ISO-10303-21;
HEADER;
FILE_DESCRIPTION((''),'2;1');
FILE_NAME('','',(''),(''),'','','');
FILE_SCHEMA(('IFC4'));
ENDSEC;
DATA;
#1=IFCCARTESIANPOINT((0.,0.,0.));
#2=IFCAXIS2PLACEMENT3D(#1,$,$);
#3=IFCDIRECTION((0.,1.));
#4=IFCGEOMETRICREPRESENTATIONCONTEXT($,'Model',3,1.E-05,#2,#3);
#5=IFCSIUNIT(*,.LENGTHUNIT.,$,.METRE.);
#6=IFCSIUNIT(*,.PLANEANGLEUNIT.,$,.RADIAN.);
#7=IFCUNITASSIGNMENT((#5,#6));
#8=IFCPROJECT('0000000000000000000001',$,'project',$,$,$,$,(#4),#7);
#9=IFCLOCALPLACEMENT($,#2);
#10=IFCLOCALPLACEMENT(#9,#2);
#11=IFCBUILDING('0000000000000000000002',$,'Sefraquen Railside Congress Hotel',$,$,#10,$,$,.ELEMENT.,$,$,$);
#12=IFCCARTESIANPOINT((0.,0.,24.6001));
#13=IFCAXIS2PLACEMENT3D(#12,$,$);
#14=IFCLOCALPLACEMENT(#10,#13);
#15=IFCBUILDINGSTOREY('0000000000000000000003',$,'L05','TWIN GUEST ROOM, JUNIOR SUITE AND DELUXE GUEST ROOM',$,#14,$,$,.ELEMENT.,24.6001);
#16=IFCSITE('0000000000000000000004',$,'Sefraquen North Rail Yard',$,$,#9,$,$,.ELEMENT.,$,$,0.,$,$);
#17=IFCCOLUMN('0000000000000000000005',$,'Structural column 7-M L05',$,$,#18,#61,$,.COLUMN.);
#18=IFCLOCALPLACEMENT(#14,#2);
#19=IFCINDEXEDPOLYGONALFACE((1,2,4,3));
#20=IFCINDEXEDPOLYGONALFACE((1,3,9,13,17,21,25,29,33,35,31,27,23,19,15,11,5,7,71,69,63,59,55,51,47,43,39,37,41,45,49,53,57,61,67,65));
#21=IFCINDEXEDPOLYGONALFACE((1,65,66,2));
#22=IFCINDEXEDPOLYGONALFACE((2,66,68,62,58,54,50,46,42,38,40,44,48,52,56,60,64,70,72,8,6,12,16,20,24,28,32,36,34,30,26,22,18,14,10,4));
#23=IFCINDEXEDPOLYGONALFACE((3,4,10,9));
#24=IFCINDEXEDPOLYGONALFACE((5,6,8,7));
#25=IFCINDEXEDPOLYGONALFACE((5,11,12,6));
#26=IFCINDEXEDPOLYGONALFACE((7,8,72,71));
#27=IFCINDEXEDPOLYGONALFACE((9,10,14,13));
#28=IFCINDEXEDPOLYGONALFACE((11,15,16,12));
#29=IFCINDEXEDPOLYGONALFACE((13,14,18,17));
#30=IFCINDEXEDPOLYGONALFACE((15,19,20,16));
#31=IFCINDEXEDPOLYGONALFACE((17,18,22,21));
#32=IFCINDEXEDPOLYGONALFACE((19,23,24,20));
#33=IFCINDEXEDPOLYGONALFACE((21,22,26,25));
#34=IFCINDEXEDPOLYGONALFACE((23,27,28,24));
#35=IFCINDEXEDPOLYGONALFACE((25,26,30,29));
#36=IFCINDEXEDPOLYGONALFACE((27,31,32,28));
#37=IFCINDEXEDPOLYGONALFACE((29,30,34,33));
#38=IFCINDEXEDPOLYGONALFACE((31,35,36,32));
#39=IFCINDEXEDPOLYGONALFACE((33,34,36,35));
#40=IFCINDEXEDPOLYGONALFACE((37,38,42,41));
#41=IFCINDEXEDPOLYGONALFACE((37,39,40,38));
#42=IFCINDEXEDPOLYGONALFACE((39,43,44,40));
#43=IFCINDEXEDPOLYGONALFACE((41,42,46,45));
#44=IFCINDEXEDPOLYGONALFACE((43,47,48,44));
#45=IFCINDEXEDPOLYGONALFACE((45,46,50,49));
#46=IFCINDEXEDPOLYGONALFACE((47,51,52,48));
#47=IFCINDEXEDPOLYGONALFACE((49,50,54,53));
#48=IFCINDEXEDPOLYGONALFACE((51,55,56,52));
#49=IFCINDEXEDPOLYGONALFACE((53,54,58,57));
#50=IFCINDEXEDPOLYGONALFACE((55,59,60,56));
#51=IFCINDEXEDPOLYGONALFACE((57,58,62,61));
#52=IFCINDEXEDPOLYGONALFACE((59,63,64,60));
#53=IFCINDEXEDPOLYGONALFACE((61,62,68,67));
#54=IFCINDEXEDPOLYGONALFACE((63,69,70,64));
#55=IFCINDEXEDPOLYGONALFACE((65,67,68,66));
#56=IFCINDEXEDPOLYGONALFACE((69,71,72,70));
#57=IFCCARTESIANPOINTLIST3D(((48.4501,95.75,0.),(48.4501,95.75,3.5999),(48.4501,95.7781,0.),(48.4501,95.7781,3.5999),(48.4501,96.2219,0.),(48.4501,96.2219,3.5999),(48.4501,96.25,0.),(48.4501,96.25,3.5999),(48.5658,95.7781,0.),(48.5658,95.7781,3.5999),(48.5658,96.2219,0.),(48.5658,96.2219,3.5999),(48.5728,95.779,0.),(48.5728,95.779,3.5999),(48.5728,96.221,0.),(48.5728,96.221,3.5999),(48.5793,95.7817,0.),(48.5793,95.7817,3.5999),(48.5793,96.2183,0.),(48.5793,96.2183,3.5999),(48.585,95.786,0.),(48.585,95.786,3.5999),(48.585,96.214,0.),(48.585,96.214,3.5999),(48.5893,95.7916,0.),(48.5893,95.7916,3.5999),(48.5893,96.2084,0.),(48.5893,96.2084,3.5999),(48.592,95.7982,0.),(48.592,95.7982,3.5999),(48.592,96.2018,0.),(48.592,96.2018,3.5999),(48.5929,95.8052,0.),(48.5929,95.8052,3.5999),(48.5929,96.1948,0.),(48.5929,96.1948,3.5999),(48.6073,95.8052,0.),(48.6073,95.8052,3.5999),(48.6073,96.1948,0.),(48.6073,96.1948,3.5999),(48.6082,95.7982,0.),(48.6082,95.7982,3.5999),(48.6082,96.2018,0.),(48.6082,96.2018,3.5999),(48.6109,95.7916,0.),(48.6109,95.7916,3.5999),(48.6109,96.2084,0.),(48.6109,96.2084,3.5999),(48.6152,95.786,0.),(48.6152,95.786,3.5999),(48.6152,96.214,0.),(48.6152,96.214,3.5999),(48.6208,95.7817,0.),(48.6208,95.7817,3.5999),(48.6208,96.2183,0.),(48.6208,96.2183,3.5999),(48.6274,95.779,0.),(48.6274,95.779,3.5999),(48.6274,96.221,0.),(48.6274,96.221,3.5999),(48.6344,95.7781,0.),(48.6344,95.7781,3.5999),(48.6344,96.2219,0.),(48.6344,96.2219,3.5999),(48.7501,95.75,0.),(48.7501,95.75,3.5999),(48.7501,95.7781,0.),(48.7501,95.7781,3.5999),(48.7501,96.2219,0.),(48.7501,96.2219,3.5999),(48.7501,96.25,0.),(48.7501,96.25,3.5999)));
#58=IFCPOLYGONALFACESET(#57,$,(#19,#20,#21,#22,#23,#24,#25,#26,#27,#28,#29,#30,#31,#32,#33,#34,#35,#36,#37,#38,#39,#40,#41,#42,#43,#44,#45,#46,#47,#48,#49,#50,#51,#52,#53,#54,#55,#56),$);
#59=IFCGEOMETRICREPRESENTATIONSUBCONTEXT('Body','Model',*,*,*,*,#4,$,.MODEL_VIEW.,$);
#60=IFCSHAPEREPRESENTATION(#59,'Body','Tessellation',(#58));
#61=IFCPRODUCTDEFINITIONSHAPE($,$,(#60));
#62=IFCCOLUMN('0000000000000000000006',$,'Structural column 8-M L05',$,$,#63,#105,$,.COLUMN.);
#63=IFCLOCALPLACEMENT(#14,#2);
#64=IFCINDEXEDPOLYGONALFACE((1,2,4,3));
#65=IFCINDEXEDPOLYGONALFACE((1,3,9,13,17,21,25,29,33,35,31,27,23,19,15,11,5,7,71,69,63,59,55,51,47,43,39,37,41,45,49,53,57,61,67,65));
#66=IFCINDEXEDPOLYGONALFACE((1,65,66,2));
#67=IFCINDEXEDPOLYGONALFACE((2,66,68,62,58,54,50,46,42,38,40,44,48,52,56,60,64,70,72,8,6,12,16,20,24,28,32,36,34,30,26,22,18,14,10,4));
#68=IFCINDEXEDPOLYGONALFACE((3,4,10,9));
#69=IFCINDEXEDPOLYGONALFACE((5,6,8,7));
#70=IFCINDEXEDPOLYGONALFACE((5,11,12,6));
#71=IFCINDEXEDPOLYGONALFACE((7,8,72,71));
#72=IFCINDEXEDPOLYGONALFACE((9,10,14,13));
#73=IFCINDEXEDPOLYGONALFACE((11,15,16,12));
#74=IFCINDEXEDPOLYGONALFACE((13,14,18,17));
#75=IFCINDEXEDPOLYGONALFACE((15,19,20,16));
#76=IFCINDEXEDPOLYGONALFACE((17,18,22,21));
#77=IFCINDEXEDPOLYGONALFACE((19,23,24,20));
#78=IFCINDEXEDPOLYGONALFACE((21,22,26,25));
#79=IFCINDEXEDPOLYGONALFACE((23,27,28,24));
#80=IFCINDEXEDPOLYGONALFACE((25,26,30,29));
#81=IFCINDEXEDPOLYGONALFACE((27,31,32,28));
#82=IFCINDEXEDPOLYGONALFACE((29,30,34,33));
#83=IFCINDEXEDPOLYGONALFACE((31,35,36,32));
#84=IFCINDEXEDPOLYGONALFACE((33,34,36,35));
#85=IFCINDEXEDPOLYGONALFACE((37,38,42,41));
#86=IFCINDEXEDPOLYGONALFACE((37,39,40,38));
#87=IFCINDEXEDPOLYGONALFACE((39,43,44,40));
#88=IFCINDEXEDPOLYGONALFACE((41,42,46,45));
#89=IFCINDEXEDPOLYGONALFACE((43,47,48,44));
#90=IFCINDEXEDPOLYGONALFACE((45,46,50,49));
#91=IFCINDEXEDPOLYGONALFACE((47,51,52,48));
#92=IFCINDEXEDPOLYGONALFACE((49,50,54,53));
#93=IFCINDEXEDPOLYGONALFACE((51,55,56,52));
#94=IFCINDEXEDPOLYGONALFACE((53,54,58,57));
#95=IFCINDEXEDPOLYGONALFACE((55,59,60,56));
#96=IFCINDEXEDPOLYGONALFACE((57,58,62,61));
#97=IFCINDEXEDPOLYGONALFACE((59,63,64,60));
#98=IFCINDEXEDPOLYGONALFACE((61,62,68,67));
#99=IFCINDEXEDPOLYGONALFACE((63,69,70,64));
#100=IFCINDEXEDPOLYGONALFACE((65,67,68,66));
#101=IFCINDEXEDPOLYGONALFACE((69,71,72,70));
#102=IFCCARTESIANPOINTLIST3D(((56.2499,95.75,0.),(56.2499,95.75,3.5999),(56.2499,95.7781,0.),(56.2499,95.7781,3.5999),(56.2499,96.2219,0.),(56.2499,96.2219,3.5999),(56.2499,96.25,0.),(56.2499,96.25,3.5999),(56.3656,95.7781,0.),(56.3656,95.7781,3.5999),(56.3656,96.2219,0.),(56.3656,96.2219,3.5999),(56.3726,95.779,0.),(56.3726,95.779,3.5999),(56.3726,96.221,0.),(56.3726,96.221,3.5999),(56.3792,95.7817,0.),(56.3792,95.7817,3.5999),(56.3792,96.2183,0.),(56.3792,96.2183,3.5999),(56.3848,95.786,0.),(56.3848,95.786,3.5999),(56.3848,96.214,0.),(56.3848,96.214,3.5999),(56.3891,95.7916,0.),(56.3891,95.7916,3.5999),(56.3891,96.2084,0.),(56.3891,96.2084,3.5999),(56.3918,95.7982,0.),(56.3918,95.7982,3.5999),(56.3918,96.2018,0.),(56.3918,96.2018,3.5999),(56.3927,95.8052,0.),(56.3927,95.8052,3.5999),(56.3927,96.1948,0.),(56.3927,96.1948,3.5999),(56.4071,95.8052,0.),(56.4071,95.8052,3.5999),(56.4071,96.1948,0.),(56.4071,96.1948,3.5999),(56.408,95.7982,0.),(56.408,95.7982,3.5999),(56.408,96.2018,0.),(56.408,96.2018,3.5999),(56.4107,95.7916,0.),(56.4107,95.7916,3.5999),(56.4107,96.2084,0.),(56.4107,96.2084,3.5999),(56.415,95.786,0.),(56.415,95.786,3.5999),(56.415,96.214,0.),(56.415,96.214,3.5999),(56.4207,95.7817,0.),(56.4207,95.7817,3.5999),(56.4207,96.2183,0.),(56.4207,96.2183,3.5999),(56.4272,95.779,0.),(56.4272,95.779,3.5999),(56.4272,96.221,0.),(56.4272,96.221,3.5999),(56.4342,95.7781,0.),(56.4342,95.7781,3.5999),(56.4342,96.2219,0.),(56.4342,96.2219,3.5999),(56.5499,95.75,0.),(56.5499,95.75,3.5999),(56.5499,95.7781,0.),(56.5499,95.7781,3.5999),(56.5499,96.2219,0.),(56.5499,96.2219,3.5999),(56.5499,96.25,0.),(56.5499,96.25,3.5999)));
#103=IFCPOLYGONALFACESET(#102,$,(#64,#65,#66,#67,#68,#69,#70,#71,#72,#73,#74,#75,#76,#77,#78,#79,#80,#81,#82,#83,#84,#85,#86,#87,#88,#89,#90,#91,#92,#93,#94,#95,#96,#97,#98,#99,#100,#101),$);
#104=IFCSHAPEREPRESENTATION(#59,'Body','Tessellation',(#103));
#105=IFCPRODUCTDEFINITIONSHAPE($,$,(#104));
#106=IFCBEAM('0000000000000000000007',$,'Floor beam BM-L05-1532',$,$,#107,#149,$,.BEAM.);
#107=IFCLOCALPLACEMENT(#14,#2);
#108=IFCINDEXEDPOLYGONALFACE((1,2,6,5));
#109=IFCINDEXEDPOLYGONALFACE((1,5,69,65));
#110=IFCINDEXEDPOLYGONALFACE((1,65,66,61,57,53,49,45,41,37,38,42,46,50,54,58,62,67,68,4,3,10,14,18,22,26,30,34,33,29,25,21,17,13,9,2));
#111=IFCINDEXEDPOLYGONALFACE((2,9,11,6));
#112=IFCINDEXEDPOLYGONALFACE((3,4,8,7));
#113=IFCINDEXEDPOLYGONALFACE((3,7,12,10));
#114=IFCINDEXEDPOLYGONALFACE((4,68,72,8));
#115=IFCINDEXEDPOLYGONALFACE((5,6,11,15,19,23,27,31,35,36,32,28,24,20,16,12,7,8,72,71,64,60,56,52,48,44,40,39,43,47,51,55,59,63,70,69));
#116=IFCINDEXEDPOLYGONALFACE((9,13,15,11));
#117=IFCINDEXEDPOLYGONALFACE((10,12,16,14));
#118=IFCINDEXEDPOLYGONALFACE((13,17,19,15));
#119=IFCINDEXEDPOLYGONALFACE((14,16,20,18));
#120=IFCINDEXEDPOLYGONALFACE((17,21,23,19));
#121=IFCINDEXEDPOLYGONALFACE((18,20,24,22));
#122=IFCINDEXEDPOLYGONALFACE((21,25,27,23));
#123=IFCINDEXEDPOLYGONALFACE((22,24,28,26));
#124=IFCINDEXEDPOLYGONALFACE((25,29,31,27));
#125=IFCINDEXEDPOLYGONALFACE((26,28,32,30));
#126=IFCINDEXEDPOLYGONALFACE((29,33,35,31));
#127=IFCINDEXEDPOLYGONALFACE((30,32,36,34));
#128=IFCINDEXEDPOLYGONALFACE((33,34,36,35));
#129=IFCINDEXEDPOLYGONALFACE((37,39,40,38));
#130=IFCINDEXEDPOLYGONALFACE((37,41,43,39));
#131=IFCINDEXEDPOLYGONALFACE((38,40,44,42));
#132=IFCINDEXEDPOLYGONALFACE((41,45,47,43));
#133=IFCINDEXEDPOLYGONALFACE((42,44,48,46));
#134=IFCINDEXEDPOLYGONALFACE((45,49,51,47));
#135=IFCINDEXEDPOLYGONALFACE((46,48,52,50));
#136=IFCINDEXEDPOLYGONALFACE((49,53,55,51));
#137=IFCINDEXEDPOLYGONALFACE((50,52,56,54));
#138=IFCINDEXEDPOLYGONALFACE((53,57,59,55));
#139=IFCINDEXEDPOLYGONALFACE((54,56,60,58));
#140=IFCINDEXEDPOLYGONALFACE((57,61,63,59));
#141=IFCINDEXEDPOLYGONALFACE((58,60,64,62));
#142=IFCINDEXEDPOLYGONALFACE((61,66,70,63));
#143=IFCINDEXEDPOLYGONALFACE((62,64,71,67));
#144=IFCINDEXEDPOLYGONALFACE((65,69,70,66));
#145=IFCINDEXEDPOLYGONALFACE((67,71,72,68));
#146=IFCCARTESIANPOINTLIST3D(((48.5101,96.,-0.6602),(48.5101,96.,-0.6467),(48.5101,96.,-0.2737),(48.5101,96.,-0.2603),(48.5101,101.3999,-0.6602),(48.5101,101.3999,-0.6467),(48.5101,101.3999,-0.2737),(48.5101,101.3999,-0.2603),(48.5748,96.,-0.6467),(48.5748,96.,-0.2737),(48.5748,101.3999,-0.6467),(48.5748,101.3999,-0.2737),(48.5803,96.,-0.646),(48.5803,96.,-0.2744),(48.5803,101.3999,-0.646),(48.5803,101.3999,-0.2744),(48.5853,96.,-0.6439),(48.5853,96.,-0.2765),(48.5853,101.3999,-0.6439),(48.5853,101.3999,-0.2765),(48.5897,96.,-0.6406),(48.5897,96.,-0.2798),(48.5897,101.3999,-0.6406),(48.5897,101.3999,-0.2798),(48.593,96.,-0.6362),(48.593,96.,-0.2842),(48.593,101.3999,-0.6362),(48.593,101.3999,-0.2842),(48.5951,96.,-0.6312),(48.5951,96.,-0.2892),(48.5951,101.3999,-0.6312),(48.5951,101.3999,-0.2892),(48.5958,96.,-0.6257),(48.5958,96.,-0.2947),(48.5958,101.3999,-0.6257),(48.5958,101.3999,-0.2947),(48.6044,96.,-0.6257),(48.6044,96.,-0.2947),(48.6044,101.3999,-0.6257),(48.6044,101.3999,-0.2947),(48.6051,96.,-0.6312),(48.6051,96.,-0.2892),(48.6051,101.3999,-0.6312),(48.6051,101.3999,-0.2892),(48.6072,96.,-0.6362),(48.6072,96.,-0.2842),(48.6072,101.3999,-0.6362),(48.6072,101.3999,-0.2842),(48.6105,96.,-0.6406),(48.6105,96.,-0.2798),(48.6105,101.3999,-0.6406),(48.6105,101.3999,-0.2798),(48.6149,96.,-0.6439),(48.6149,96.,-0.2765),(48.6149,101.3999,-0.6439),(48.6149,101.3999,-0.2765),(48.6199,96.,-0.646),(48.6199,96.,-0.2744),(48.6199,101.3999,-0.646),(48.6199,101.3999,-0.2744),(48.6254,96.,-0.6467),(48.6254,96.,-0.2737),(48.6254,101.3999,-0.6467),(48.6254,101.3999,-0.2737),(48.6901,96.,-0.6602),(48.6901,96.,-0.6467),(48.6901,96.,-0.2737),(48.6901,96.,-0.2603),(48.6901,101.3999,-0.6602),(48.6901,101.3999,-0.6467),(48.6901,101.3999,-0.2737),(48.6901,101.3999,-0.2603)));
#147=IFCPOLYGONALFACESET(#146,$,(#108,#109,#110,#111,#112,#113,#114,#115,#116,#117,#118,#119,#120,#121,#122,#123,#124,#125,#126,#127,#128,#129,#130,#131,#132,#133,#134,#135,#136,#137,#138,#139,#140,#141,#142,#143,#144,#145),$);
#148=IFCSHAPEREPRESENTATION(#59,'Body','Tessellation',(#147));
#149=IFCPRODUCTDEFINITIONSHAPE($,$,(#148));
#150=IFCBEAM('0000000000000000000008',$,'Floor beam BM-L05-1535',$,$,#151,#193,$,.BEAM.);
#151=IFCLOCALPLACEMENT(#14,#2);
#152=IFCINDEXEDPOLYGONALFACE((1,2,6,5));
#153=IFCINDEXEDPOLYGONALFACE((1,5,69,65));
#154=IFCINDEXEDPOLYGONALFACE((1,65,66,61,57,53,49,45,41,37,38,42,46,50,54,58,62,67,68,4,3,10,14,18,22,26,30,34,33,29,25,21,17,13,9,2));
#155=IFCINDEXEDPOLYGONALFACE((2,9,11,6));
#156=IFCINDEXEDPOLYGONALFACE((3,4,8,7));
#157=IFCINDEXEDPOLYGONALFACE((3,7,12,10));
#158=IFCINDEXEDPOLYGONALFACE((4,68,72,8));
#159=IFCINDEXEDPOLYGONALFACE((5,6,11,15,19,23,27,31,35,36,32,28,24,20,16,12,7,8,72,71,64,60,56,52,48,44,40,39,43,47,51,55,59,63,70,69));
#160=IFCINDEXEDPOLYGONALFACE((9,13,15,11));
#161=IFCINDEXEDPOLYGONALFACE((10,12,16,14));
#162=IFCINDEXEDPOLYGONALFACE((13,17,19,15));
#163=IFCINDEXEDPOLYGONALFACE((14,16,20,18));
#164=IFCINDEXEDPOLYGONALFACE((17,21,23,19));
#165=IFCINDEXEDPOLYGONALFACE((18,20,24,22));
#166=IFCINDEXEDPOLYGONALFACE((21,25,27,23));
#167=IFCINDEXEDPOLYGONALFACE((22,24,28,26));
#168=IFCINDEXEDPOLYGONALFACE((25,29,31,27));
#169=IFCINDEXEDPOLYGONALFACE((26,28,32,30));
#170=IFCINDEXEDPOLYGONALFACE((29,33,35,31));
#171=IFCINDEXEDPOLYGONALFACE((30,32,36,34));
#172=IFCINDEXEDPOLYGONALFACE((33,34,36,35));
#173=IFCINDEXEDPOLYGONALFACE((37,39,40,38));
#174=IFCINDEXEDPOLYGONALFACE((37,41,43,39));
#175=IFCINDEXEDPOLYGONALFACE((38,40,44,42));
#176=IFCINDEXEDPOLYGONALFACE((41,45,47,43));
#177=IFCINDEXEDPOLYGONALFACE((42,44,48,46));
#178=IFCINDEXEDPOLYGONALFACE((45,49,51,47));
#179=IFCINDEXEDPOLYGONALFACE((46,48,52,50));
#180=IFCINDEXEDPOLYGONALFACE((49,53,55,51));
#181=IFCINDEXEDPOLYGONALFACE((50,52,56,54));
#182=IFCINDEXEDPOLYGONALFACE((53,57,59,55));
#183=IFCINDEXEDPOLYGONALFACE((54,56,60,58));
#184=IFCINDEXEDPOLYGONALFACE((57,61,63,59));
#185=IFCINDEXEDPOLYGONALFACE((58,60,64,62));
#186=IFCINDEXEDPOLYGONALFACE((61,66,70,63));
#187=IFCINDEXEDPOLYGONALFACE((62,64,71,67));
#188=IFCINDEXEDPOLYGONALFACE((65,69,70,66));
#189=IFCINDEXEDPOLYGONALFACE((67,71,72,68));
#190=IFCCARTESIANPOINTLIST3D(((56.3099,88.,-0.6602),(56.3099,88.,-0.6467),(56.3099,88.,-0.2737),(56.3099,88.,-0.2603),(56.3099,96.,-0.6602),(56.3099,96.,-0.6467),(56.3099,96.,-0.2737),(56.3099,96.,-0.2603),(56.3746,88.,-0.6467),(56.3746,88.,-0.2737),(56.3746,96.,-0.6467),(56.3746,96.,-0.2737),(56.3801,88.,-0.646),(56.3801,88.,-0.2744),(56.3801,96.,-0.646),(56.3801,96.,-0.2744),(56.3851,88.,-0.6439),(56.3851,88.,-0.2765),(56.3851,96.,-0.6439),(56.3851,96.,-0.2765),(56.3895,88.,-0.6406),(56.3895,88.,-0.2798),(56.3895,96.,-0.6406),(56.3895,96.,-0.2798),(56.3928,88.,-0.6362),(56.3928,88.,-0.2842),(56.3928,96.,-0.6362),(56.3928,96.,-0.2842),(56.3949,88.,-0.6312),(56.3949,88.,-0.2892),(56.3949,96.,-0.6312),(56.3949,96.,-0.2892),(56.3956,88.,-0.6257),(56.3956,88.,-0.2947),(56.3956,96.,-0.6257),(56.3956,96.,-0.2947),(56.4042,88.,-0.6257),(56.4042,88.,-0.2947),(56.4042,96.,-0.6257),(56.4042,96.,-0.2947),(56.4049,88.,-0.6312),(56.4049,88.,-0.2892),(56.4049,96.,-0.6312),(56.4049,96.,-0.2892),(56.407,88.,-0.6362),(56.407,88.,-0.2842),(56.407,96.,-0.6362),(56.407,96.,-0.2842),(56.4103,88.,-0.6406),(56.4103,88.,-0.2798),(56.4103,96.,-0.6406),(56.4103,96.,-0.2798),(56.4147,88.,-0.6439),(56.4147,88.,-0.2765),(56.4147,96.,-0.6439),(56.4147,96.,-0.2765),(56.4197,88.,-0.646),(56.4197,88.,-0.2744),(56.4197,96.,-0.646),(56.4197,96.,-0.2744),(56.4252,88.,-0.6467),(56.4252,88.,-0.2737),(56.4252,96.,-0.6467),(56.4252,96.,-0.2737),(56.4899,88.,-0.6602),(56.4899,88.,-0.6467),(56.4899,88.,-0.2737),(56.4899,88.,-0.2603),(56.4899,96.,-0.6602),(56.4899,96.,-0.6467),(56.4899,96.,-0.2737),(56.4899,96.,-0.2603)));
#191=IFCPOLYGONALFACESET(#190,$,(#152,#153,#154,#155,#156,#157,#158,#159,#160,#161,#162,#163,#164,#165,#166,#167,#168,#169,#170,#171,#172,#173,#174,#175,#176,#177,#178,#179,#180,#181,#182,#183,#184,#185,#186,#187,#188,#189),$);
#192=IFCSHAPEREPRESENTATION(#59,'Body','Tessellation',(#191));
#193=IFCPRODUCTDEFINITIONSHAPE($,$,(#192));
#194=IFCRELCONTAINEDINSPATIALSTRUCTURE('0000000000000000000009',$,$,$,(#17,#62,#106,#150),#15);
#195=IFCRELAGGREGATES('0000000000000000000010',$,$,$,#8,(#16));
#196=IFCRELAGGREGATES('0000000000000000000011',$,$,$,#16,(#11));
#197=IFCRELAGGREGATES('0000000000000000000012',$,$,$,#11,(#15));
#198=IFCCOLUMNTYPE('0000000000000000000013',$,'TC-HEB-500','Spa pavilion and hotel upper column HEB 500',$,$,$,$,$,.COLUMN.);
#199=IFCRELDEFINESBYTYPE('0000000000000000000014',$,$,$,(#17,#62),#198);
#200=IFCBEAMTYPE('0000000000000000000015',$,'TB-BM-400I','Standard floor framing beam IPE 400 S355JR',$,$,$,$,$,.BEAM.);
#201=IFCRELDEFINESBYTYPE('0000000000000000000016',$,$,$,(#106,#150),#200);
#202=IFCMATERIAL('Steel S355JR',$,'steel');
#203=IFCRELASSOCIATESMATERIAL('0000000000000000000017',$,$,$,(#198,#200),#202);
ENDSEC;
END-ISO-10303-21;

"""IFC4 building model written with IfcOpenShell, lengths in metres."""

from ifc_helpers import new_model, si_unit, direction, frame, origin, origin_2d, place, context, subcontext, project, spatial, i_section, extrude, material, material_profile, profile_set, type_object, element, save


model = new_model("IFC4")

# Units and contexts
model_context = context("Model", 3, precision=1e-05, world=origin(), true_north=direction((0.0, 1.0)))
body_context = subcontext(model_context, "Body", "Model", "MODEL_VIEW")
ifc_project = project(units=[si_unit("LENGTHUNIT", "METRE"), si_unit("PLANEANGLEUNIT", "RADIAN")], contexts=[model_context])

# Site, building, storey
site_placement = place(None, origin())
site = spatial("IfcSite", under=ifc_project, at=site_placement, Name="Sefraquen North Rail Yard", CompositionType="ELEMENT", RefElevation=0.0)
building_placement = place(site_placement, origin())
building = spatial("IfcBuilding", under=site, at=building_placement, Name="Sefraquen Railside Congress Hotel", CompositionType="ELEMENT")
storey_placement = place(building_placement, frame((0.0, 0.0, 24.6001)))
storey = spatial("IfcBuildingStorey", under=building, at=storey_placement, Name="L05", Description="TWIN GUEST ROOM, JUNIOR SUITE AND DELUXE GUEST ROOM", CompositionType="ELEMENT", Elevation=24.6001)

# Columns
ifc_material_1 = material(Name="Steel S355JR", Category="steel")
ifc_material_profile_1 = material_profile(ifc_material_1, i_section(OverallWidth=0.3, OverallDepth=0.5, WebThickness=0.0144, FlangeThickness=0.0281, FilletRadius=0.0271, at=origin_2d()), Name="HEB 500")
ifc_profile_set_1 = profile_set([ifc_material_profile_1], Name="Steel S355JR")
column_type = type_object("IfcColumnType", Name="TC-HEB-500", Description="Spa pavilion and hotel upper column HEB 500", PredefinedType="COLUMN", material=ifc_profile_set_1)
for number, where, z_axis, x_axis, name in (
    (1, (48.6001, 96.0, 0.0), (0.0, 0.0, 1.0), (1.0, 0.0, 0.0), "Structural column 7-M L05"),
    (2, (56.3999, 96.0, 0.0), (0.0, 0.0, 1.0), (1.0, 0.0, 0.0), "Structural column 8-M L05"),
):
    element("IfcColumn", number, at=place(storey_placement, frame(where, z_axis=z_axis, x_axis=x_axis)), inside=storey, type_object=column_type, Name=name, PredefinedType="COLUMN", context=body_context, shape_type="SweptSolid", body=[
        extrude(i_section(OverallWidth=0.3, OverallDepth=0.5, WebThickness=0.0144, FlangeThickness=0.0281, FilletRadius=0.0271, at=origin_2d()), origin(), (0.0, 0.0, 1.0), 3.5999),
    ])

# Beams
ifc_material_profile_2 = material_profile(ifc_material_1, i_section(OverallWidth=0.1799, OverallDepth=0.3999, WebThickness=0.0085, FlangeThickness=0.0134, FilletRadius=0.021, at=origin_2d()), Name="IPE 400")
ifc_profile_set_2 = profile_set([ifc_material_profile_2], Name="Steel S355JR")
beam_type_1 = type_object("IfcBeamType", Name="TB-BM-400I", Description="Standard floor framing beam IPE 400 S355JR", PredefinedType="BEAM", material=ifc_profile_set_2)
beam_1_placement = place(storey_placement, frame((48.6001, 96.0, -0.4602), z_axis=(0.0, 1.0, 0.0), x_axis=(-1.0, 0.0, 0.0)))
element("IfcBeam", 3, at=beam_1_placement, inside=storey, type_object=beam_type_1, Name="Floor beam BM-L05-1532", PredefinedType="BEAM", context=body_context, shape_type="SweptSolid", body=[
    extrude(i_section(OverallWidth=0.1799, OverallDepth=0.3999, WebThickness=0.0085, FlangeThickness=0.0134, FilletRadius=0.021, at=origin_2d()), origin(), (0.0, 0.0, 1.0), 5.3999),
])
beam_2_placement = place(storey_placement, frame((56.3999, 88.0, -0.4602), z_axis=(0.0, 1.0, 0.0), x_axis=(-1.0, 0.0, 0.0)))
element("IfcBeam", 4, at=beam_2_placement, inside=storey, type_object=beam_type_1, Name="Floor beam BM-L05-1535", PredefinedType="BEAM", context=body_context, shape_type="SweptSolid", body=[
    extrude(i_section(OverallWidth=0.1799, OverallDepth=0.3999, WebThickness=0.0085, FlangeThickness=0.0134, FilletRadius=0.021, at=origin_2d()), origin(), (0.0, 0.0, 1.0), 8.0),
])

save(model, "model.ifc")
